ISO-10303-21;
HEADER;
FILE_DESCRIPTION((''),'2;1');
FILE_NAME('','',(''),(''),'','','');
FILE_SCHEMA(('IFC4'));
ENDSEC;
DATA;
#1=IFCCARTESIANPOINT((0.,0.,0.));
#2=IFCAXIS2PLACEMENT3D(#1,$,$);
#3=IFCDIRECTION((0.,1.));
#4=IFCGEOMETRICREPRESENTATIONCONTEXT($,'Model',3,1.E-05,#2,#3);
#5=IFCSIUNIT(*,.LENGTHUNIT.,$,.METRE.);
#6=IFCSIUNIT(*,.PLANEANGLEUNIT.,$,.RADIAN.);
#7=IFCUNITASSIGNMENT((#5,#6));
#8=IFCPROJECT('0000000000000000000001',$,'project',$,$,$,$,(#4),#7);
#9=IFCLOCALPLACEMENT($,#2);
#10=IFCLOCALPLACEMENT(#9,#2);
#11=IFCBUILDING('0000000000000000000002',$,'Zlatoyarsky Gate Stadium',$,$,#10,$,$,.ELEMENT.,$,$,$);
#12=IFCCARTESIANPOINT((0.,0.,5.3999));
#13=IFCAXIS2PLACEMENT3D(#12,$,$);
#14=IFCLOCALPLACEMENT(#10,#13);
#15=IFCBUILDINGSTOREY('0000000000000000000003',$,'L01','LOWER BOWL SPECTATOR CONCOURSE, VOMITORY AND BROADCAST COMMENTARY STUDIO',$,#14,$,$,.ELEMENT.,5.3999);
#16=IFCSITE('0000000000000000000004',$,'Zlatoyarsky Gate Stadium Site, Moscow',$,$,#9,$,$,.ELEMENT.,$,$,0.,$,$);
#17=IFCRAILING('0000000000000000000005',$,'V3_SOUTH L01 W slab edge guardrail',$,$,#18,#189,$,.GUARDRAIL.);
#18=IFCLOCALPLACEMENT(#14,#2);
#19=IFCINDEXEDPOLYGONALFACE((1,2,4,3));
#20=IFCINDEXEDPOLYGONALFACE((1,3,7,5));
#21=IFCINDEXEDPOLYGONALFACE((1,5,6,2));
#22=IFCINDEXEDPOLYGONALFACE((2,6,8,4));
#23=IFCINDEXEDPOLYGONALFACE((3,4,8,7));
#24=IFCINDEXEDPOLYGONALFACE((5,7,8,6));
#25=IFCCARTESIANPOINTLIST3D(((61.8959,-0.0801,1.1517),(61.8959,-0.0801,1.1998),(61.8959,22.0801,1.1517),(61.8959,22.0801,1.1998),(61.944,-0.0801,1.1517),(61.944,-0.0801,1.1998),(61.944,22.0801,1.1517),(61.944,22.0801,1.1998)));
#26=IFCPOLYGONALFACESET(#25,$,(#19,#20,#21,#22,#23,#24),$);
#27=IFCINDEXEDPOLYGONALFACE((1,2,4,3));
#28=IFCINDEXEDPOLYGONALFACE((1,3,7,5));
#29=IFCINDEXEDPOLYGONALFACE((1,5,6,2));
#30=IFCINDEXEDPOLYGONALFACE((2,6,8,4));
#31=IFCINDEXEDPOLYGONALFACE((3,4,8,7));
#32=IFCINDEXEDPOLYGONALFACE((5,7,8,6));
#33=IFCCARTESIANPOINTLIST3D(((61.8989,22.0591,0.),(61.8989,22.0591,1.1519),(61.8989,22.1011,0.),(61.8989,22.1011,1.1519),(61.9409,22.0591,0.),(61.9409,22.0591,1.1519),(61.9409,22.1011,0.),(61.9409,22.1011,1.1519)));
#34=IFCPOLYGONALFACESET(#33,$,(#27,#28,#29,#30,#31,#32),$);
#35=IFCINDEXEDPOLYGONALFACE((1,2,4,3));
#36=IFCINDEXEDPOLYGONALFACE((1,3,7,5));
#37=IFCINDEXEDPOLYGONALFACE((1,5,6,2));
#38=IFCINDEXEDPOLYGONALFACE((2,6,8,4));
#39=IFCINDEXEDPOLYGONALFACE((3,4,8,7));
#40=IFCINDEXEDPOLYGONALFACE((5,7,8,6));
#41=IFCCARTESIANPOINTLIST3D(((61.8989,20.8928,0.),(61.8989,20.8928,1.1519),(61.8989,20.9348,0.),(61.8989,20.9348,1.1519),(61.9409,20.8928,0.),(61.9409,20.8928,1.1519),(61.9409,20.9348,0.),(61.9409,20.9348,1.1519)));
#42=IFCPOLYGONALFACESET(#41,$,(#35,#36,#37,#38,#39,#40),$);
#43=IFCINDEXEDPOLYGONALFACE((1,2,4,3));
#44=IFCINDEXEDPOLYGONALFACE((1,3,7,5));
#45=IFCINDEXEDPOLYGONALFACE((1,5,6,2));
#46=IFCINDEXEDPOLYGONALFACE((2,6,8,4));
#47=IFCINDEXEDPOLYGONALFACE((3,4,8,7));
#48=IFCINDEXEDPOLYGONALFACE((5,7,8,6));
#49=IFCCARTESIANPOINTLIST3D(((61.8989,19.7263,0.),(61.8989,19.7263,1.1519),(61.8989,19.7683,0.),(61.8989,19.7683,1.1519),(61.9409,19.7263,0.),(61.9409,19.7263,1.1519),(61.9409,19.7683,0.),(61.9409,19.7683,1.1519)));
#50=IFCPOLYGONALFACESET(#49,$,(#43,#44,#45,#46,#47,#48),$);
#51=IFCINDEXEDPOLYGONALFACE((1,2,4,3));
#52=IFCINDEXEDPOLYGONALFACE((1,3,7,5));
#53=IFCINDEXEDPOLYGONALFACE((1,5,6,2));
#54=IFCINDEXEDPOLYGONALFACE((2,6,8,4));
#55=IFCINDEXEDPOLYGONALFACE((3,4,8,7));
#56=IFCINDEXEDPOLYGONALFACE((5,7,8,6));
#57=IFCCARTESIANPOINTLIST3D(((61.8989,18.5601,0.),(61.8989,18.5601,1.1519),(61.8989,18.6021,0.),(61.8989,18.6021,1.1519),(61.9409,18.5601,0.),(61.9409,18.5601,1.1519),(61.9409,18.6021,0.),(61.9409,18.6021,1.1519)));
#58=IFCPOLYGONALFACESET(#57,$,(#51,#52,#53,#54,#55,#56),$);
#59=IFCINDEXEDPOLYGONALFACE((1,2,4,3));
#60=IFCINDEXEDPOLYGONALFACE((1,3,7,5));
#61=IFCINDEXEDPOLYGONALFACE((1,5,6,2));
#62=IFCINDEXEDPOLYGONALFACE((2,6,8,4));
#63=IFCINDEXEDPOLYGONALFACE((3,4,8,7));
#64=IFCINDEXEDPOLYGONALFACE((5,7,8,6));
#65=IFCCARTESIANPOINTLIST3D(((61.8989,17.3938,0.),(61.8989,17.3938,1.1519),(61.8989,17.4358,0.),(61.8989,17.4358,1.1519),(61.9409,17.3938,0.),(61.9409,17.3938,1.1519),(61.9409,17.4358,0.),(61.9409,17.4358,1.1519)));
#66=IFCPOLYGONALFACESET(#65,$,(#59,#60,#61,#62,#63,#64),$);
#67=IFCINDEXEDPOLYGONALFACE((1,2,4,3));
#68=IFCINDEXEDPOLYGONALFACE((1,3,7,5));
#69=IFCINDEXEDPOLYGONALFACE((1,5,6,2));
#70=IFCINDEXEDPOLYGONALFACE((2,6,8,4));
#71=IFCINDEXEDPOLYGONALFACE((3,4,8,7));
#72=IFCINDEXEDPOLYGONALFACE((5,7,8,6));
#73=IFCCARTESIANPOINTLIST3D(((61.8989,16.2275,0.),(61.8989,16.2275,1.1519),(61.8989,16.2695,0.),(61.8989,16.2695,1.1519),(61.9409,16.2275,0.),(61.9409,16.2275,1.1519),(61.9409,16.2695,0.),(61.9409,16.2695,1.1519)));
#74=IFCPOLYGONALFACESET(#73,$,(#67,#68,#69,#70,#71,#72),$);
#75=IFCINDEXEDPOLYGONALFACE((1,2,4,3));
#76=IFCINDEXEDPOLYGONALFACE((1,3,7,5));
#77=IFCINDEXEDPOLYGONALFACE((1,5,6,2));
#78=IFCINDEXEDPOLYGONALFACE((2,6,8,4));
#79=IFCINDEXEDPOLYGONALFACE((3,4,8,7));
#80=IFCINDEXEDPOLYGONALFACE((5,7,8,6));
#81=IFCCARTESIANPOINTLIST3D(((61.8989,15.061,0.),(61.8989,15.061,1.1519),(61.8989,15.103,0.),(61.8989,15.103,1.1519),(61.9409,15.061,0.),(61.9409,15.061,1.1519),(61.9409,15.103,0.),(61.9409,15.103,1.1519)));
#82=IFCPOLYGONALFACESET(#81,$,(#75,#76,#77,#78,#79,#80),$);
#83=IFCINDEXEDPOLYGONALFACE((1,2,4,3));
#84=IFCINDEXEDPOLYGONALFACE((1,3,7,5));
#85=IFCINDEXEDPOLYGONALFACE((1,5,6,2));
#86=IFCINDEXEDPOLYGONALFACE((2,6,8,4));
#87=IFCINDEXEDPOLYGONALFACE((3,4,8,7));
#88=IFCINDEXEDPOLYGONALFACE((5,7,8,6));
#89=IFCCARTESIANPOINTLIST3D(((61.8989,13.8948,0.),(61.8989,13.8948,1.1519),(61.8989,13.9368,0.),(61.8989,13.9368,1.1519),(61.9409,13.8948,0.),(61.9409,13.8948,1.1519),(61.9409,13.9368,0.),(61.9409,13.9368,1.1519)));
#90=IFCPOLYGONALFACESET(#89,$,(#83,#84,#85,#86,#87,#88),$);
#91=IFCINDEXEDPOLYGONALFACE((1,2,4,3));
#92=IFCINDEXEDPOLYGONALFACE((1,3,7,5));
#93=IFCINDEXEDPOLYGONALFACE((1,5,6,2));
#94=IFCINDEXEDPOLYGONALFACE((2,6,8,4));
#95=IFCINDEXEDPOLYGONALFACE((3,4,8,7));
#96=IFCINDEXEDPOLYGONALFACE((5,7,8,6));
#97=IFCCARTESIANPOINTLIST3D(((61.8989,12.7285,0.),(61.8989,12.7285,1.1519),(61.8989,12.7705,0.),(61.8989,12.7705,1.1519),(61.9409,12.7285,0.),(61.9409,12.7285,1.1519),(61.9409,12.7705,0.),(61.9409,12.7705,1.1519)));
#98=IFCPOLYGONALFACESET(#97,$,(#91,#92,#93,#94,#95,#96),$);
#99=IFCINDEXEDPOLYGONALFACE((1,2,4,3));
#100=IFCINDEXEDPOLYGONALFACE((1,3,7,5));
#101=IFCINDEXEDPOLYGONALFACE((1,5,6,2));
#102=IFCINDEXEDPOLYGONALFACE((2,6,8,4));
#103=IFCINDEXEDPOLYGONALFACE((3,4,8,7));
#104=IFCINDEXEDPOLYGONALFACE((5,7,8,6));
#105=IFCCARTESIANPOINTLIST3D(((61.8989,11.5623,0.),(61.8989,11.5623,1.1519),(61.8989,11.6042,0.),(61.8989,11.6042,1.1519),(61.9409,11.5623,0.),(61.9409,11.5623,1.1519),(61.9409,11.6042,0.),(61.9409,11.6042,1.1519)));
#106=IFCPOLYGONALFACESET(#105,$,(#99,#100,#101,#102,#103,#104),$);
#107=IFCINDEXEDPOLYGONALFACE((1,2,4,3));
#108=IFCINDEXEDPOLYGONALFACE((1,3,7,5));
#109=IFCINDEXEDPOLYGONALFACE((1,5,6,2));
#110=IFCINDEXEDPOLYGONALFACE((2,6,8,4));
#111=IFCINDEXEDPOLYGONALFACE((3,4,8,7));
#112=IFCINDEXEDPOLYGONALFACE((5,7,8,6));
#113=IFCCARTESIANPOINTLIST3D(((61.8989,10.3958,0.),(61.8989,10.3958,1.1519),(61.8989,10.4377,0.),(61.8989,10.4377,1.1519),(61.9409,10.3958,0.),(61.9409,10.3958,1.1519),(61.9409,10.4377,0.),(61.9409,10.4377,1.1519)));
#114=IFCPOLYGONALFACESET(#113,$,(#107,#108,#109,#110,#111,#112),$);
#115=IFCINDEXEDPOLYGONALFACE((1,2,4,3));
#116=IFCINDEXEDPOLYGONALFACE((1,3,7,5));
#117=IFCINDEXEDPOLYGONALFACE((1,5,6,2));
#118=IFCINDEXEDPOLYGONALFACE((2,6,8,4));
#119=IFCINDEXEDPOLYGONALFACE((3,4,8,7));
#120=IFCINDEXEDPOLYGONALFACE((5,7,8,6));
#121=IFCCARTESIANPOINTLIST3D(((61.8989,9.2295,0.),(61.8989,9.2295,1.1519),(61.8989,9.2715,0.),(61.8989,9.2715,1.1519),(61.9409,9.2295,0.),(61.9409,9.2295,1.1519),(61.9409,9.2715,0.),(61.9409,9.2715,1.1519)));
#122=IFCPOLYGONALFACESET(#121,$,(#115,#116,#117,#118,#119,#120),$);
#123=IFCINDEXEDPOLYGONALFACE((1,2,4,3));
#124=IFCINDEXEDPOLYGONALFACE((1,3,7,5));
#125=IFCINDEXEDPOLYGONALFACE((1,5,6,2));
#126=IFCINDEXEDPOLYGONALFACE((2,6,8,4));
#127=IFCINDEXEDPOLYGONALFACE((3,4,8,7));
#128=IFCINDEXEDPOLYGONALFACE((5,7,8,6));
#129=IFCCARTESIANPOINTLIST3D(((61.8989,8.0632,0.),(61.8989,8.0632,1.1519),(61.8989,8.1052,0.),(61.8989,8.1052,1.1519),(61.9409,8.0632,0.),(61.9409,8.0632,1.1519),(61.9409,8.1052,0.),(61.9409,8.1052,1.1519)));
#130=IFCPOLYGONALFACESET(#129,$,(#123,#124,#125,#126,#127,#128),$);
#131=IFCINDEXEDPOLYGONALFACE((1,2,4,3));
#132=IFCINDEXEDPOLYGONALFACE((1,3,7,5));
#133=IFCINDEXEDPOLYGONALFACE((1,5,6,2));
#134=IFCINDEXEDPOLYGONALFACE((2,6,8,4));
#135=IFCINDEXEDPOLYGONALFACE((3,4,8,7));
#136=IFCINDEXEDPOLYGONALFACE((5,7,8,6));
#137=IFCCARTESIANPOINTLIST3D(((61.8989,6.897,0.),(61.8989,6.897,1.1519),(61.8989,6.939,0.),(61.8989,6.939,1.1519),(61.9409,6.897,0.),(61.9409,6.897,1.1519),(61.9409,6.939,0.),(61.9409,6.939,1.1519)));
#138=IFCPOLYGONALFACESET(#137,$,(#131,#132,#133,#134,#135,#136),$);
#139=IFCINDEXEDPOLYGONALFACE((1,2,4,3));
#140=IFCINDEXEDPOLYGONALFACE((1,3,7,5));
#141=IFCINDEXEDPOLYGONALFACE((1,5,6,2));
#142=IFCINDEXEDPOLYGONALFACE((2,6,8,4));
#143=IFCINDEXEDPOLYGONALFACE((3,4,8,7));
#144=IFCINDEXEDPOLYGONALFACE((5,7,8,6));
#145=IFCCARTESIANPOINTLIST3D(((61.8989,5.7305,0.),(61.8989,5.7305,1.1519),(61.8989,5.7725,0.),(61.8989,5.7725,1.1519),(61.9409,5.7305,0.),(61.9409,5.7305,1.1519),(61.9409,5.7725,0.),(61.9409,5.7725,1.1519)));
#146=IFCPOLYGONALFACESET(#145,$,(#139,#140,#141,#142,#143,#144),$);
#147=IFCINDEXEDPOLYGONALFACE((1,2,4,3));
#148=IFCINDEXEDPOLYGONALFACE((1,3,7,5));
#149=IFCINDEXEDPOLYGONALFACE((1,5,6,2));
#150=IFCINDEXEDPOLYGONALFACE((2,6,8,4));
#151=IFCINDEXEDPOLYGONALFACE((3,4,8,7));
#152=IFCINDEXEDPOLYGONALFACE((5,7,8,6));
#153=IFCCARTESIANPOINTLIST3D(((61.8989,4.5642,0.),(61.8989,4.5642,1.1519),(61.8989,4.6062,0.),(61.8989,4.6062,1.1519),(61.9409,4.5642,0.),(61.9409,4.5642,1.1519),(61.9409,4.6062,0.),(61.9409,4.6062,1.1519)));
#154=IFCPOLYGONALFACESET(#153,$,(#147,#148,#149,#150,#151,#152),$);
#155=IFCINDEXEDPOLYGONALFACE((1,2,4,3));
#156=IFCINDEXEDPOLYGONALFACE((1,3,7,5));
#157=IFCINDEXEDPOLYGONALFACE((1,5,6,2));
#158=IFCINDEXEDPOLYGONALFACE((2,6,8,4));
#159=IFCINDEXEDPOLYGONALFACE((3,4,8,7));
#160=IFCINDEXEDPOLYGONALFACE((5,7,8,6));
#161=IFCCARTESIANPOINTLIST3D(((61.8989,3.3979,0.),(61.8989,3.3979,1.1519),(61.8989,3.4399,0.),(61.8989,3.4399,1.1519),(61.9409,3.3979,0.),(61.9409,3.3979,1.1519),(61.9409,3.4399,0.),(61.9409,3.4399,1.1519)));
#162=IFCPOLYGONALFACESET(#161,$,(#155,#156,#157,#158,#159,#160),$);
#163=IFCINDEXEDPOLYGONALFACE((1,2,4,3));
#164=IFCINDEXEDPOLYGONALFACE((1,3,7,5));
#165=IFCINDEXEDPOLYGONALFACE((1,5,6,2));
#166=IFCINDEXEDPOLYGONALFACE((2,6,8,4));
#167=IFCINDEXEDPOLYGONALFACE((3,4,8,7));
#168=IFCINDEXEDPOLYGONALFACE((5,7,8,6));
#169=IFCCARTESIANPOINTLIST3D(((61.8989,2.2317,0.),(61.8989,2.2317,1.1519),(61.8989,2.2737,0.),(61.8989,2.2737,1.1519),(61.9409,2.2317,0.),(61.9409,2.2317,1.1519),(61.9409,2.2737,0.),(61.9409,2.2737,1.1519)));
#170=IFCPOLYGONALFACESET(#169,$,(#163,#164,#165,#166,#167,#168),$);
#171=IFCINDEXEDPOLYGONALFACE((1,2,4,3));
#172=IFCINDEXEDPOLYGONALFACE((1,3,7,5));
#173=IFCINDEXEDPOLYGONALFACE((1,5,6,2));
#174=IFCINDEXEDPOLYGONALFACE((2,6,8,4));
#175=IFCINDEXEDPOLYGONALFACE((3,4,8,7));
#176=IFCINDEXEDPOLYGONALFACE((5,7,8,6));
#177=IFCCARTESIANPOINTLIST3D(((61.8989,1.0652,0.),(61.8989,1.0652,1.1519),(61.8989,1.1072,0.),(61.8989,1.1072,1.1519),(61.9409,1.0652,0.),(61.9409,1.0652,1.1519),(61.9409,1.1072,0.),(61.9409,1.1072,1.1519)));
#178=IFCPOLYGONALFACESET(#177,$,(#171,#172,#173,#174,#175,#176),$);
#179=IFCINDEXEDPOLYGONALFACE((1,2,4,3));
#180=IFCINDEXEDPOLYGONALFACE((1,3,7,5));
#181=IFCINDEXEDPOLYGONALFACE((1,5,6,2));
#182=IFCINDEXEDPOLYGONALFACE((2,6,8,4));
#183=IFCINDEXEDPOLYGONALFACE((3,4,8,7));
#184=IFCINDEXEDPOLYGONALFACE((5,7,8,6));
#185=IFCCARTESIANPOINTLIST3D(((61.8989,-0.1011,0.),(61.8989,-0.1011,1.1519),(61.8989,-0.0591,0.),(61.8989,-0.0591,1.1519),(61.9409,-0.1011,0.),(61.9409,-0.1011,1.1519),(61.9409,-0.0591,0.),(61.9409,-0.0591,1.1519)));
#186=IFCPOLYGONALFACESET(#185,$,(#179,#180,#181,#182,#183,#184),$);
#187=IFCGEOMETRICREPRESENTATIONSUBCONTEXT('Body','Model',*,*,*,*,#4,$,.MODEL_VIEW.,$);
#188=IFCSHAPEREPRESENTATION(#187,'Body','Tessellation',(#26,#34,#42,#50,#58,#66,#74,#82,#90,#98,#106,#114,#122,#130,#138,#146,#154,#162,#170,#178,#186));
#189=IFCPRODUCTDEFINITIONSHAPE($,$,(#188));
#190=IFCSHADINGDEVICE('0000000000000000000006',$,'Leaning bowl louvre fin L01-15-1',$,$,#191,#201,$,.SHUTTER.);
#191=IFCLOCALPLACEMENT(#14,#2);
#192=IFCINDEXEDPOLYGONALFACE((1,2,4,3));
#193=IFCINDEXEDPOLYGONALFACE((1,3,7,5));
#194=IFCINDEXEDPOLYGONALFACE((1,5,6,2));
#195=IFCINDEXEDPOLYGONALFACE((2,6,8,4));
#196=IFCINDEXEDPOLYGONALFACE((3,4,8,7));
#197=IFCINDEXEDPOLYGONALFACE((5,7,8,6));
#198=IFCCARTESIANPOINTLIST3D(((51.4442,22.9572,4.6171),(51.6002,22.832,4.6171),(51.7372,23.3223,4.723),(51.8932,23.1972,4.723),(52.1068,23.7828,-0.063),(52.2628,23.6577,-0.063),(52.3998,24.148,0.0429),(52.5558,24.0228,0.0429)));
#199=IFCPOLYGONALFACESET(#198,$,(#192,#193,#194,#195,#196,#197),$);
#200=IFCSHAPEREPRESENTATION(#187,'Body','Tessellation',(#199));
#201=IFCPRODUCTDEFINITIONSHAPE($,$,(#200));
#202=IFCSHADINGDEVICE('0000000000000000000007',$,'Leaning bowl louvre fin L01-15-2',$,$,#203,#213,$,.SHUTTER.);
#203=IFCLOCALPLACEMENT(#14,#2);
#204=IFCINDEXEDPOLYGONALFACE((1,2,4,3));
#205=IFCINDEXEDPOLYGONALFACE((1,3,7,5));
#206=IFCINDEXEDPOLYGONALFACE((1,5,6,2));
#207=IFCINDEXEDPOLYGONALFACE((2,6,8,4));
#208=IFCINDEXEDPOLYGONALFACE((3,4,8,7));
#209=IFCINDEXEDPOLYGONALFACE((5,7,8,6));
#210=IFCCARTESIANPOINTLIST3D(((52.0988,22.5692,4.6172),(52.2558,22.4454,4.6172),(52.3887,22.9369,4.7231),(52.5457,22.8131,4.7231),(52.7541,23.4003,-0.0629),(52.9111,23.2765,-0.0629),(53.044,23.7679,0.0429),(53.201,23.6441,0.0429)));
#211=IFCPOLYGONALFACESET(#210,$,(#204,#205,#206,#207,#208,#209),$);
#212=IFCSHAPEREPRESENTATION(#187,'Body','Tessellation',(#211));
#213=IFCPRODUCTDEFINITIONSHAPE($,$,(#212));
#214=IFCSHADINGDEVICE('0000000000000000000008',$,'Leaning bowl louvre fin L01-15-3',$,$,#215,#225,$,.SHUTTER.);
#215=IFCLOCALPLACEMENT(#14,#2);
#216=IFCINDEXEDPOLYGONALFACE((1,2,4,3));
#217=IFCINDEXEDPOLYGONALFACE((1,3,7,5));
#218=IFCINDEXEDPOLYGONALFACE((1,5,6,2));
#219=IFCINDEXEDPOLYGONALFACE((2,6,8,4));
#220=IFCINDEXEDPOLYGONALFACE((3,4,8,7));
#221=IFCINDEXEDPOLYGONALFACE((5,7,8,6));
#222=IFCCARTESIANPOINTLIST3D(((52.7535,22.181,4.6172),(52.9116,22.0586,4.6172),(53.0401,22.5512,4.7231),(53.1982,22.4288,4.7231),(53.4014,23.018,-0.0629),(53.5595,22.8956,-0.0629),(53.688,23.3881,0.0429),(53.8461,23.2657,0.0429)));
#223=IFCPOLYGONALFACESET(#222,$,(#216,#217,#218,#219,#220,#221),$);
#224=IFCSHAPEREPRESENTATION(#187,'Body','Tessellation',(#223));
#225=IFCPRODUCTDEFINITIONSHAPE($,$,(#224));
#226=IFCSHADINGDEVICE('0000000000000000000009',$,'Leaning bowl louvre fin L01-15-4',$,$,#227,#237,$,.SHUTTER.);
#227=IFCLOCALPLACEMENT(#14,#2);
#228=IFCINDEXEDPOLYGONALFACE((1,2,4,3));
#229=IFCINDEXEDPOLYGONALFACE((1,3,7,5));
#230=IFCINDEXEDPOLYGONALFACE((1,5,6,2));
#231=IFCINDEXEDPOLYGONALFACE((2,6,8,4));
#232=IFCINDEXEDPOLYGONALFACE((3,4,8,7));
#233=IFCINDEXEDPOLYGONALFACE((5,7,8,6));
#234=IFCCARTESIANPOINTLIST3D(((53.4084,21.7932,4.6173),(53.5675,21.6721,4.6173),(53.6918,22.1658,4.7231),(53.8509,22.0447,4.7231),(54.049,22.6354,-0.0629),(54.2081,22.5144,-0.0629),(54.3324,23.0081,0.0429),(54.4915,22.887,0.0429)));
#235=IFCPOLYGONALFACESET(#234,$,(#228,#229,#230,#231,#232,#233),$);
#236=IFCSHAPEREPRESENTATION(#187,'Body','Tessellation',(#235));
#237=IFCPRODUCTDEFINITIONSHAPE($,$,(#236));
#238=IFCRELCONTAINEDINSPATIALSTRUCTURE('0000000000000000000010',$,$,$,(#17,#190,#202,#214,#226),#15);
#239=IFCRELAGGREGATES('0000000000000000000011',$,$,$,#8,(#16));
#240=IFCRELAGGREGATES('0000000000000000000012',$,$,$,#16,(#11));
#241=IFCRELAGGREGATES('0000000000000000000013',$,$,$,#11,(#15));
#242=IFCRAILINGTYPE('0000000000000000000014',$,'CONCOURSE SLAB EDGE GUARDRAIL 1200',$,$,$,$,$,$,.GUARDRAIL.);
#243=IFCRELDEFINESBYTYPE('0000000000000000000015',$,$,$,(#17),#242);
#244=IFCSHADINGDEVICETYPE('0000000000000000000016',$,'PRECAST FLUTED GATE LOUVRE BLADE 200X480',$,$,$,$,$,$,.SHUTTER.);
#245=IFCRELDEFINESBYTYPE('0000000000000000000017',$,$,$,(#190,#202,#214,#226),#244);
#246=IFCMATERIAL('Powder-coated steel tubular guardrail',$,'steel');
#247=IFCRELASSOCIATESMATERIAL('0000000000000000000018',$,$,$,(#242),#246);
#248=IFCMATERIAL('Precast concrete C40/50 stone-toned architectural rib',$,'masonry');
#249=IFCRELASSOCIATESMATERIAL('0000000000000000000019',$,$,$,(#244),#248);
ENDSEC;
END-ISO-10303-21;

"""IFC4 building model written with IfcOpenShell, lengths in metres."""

from ifc_helpers import new_model, si_unit, direction, frame, origin, origin_2d, place, context, subcontext, project, spatial, rectangle, extrude, material, material_profile, profile_set, type_object, element, save


model = new_model("IFC4")

# Units and contexts
model_context = context("Model", 3, precision=1e-05, world=origin(), true_north=direction((0.0, 1.0)))
body_context = subcontext(model_context, "Body", "Model", "MODEL_VIEW")
ifc_project = project(units=[si_unit("LENGTHUNIT", "METRE"), si_unit("PLANEANGLEUNIT", "RADIAN")], contexts=[model_context])

# Site, building, storey
site_placement = place(None, origin())
site = spatial("IfcSite", under=ifc_project, at=site_placement, Name="Zlatoyarsky Gate Stadium Site, Moscow", CompositionType="ELEMENT", RefElevation=0.0)
building_placement = place(site_placement, origin())
building = spatial("IfcBuilding", under=site, at=building_placement, Name="Zlatoyarsky Gate Stadium", CompositionType="ELEMENT")
storey_placement = place(building_placement, frame((0.0, 0.0, 5.3999)))
storey = spatial("IfcBuildingStorey", under=building, at=storey_placement, Name="L01", Description="LOWER BOWL SPECTATOR CONCOURSE, VOMITORY AND BROADCAST COMMENTARY STUDIO", CompositionType="ELEMENT", Elevation=5.3999)

# Railing
ifc_material_1 = material(Name="Powder-coated steel tubular guardrail", Category="steel")
railing_type = type_object("IfcRailingType", Name="CONCOURSE SLAB EDGE GUARDRAIL 1200", PredefinedType="GUARDRAIL", material=ifc_material_1)
railing_placement = place(storey_placement, frame((61.9199, 22.0801, 0.0)))
element("IfcRailing", 1, at=railing_placement, inside=storey, type_object=railing_type, Name="V3_SOUTH L01 W slab edge guardrail", PredefinedType="GUARDRAIL", context=body_context, shape_type="SweptSolid", body=[
    extrude(rectangle(XDim=0.0481, YDim=0.0481, at=origin_2d()), frame((0.0, 0.0, 1.1758), z_axis=(0.0, -1.0, 0.0), x_axis=(1.0, 0.0, 0.0)), (0.0, 0.0, 1.0), 22.1602),
    extrude(rectangle(XDim=0.042, YDim=0.042, at=origin_2d()), origin(), (0.0, 0.0, 1.0), 1.1519),
    extrude(rectangle(XDim=0.042, YDim=0.042, at=origin_2d()), frame((0.0, -1.1663, 0.0)), (0.0, 0.0, 1.0), 1.1519),
    extrude(rectangle(XDim=0.042, YDim=0.042, at=origin_2d()), frame((0.0, -2.3328, 0.0)), (0.0, 0.0, 1.0), 1.1519),
    extrude(rectangle(XDim=0.042, YDim=0.042, at=origin_2d()), frame((0.0, -3.499, 0.0)), (0.0, 0.0, 1.0), 1.1519),
    extrude(rectangle(XDim=0.042, YDim=0.042, at=origin_2d()), frame((0.0, -4.6653, 0.0)), (0.0, 0.0, 1.0), 1.1519),
    extrude(rectangle(XDim=0.042, YDim=0.042, at=origin_2d()), frame((0.0, -5.8315, 0.0)), (0.0, 0.0, 1.0), 1.1519),
    extrude(rectangle(XDim=0.042, YDim=0.042, at=origin_2d()), frame((0.0, -6.998, 0.0)), (0.0, 0.0, 1.0), 1.1519),
    extrude(rectangle(XDim=0.042, YDim=0.042, at=origin_2d()), frame((0.0, -8.1643, 0.0)), (0.0, 0.0, 1.0), 1.1519),
    extrude(rectangle(XDim=0.042, YDim=0.042, at=origin_2d()), frame((0.0, -9.3306, 0.0)), (0.0, 0.0, 1.0), 1.1519),
    extrude(rectangle(XDim=0.042, YDim=0.042, at=origin_2d()), frame((0.0, -10.4968, 0.0)), (0.0, 0.0, 1.0), 1.1519),
    extrude(rectangle(XDim=0.042, YDim=0.042, at=origin_2d()), frame((0.0, -11.6633, 0.0)), (0.0, 0.0, 1.0), 1.1519),
    extrude(rectangle(XDim=0.042, YDim=0.042, at=origin_2d()), frame((0.0, -12.8296, 0.0)), (0.0, 0.0, 1.0), 1.1519),
    extrude(rectangle(XDim=0.042, YDim=0.042, at=origin_2d()), frame((0.0, -13.9958, 0.0)), (0.0, 0.0, 1.0), 1.1519),
    extrude(rectangle(XDim=0.042, YDim=0.042, at=origin_2d()), frame((0.0, -15.1621, 0.0)), (0.0, 0.0, 1.0), 1.1519),
    extrude(rectangle(XDim=0.042, YDim=0.042, at=origin_2d()), frame((0.0, -16.3286, 0.0)), (0.0, 0.0, 1.0), 1.1519),
    extrude(rectangle(XDim=0.042, YDim=0.042, at=origin_2d()), frame((0.0, -17.4949, 0.0)), (0.0, 0.0, 1.0), 1.1519),
    extrude(rectangle(XDim=0.042, YDim=0.042, at=origin_2d()), frame((0.0, -18.6611, 0.0)), (0.0, 0.0, 1.0), 1.1519),
    extrude(rectangle(XDim=0.042, YDim=0.042, at=origin_2d()), frame((0.0, -19.8274, 0.0)), (0.0, 0.0, 1.0), 1.1519),
    extrude(rectangle(XDim=0.042, YDim=0.042, at=origin_2d()), frame((0.0, -20.9939, 0.0)), (0.0, 0.0, 1.0), 1.1519),
    extrude(rectangle(XDim=0.042, YDim=0.042, at=origin_2d()), frame((0.0, -22.1602, 0.0)), (0.0, 0.0, 1.0), 1.1519),
])

# Shading devices
ifc_material_2 = material(Name="Precast concrete C40/50 stone-toned architectural rib", Category="masonry")
ifc_material_profile_1 = material_profile(ifc_material_2, rectangle(XDim=0.2, YDim=0.48, at=origin_2d()), Name="RIB 200X480")
ifc_profile_set_1 = profile_set([ifc_material_profile_1], Name="Precast concrete C40/50 stone-toned architectural rib")
shading_device_type = type_object("IfcShadingDeviceType", Name="PRECAST FLUTED GATE LOUVRE BLADE 200X480", PredefinedType="SHUTTER", material=ifc_profile_set_1)
for number, where, z_axis, x_axis, name in (
    (2, (52.3313, 23.9028, -0.01), (-0.138087, -0.172074, 0.975358), (0.779923, -0.625876, 0.0), "Leaning bowl louvre fin L01-15-1"),
    (3, (52.9775, 23.5222, -0.01), (-0.136562, -0.173196, 0.975374), (0.785261, -0.619165, 0.0), "Leaning bowl louvre fin L01-15-2"),
    (4, (53.6238, 23.1418, -0.01), (-0.135035, -0.174416, 0.975369), (0.790717, -0.612182, 0.0), "Leaning bowl louvre fin L01-15-3"),
    (5, (54.2703, 22.7612, -0.01), (-0.13351, -0.175537, 0.975378), (0.79594, -0.605376, 0.0), "Leaning bowl louvre fin L01-15-4"),
):
    element("IfcShadingDevice", number, at=place(storey_placement, frame(where, z_axis=z_axis, x_axis=x_axis)), inside=storey, type_object=shading_device_type, Name=name, PredefinedType="SHUTTER", context=body_context, shape_type="SweptSolid", body=[
        extrude(rectangle(XDim=0.2, YDim=0.48, at=origin_2d()), origin(), (0.0, 0.0, 1.0), 4.7983),
    ])

save(model, "model.ifc")
